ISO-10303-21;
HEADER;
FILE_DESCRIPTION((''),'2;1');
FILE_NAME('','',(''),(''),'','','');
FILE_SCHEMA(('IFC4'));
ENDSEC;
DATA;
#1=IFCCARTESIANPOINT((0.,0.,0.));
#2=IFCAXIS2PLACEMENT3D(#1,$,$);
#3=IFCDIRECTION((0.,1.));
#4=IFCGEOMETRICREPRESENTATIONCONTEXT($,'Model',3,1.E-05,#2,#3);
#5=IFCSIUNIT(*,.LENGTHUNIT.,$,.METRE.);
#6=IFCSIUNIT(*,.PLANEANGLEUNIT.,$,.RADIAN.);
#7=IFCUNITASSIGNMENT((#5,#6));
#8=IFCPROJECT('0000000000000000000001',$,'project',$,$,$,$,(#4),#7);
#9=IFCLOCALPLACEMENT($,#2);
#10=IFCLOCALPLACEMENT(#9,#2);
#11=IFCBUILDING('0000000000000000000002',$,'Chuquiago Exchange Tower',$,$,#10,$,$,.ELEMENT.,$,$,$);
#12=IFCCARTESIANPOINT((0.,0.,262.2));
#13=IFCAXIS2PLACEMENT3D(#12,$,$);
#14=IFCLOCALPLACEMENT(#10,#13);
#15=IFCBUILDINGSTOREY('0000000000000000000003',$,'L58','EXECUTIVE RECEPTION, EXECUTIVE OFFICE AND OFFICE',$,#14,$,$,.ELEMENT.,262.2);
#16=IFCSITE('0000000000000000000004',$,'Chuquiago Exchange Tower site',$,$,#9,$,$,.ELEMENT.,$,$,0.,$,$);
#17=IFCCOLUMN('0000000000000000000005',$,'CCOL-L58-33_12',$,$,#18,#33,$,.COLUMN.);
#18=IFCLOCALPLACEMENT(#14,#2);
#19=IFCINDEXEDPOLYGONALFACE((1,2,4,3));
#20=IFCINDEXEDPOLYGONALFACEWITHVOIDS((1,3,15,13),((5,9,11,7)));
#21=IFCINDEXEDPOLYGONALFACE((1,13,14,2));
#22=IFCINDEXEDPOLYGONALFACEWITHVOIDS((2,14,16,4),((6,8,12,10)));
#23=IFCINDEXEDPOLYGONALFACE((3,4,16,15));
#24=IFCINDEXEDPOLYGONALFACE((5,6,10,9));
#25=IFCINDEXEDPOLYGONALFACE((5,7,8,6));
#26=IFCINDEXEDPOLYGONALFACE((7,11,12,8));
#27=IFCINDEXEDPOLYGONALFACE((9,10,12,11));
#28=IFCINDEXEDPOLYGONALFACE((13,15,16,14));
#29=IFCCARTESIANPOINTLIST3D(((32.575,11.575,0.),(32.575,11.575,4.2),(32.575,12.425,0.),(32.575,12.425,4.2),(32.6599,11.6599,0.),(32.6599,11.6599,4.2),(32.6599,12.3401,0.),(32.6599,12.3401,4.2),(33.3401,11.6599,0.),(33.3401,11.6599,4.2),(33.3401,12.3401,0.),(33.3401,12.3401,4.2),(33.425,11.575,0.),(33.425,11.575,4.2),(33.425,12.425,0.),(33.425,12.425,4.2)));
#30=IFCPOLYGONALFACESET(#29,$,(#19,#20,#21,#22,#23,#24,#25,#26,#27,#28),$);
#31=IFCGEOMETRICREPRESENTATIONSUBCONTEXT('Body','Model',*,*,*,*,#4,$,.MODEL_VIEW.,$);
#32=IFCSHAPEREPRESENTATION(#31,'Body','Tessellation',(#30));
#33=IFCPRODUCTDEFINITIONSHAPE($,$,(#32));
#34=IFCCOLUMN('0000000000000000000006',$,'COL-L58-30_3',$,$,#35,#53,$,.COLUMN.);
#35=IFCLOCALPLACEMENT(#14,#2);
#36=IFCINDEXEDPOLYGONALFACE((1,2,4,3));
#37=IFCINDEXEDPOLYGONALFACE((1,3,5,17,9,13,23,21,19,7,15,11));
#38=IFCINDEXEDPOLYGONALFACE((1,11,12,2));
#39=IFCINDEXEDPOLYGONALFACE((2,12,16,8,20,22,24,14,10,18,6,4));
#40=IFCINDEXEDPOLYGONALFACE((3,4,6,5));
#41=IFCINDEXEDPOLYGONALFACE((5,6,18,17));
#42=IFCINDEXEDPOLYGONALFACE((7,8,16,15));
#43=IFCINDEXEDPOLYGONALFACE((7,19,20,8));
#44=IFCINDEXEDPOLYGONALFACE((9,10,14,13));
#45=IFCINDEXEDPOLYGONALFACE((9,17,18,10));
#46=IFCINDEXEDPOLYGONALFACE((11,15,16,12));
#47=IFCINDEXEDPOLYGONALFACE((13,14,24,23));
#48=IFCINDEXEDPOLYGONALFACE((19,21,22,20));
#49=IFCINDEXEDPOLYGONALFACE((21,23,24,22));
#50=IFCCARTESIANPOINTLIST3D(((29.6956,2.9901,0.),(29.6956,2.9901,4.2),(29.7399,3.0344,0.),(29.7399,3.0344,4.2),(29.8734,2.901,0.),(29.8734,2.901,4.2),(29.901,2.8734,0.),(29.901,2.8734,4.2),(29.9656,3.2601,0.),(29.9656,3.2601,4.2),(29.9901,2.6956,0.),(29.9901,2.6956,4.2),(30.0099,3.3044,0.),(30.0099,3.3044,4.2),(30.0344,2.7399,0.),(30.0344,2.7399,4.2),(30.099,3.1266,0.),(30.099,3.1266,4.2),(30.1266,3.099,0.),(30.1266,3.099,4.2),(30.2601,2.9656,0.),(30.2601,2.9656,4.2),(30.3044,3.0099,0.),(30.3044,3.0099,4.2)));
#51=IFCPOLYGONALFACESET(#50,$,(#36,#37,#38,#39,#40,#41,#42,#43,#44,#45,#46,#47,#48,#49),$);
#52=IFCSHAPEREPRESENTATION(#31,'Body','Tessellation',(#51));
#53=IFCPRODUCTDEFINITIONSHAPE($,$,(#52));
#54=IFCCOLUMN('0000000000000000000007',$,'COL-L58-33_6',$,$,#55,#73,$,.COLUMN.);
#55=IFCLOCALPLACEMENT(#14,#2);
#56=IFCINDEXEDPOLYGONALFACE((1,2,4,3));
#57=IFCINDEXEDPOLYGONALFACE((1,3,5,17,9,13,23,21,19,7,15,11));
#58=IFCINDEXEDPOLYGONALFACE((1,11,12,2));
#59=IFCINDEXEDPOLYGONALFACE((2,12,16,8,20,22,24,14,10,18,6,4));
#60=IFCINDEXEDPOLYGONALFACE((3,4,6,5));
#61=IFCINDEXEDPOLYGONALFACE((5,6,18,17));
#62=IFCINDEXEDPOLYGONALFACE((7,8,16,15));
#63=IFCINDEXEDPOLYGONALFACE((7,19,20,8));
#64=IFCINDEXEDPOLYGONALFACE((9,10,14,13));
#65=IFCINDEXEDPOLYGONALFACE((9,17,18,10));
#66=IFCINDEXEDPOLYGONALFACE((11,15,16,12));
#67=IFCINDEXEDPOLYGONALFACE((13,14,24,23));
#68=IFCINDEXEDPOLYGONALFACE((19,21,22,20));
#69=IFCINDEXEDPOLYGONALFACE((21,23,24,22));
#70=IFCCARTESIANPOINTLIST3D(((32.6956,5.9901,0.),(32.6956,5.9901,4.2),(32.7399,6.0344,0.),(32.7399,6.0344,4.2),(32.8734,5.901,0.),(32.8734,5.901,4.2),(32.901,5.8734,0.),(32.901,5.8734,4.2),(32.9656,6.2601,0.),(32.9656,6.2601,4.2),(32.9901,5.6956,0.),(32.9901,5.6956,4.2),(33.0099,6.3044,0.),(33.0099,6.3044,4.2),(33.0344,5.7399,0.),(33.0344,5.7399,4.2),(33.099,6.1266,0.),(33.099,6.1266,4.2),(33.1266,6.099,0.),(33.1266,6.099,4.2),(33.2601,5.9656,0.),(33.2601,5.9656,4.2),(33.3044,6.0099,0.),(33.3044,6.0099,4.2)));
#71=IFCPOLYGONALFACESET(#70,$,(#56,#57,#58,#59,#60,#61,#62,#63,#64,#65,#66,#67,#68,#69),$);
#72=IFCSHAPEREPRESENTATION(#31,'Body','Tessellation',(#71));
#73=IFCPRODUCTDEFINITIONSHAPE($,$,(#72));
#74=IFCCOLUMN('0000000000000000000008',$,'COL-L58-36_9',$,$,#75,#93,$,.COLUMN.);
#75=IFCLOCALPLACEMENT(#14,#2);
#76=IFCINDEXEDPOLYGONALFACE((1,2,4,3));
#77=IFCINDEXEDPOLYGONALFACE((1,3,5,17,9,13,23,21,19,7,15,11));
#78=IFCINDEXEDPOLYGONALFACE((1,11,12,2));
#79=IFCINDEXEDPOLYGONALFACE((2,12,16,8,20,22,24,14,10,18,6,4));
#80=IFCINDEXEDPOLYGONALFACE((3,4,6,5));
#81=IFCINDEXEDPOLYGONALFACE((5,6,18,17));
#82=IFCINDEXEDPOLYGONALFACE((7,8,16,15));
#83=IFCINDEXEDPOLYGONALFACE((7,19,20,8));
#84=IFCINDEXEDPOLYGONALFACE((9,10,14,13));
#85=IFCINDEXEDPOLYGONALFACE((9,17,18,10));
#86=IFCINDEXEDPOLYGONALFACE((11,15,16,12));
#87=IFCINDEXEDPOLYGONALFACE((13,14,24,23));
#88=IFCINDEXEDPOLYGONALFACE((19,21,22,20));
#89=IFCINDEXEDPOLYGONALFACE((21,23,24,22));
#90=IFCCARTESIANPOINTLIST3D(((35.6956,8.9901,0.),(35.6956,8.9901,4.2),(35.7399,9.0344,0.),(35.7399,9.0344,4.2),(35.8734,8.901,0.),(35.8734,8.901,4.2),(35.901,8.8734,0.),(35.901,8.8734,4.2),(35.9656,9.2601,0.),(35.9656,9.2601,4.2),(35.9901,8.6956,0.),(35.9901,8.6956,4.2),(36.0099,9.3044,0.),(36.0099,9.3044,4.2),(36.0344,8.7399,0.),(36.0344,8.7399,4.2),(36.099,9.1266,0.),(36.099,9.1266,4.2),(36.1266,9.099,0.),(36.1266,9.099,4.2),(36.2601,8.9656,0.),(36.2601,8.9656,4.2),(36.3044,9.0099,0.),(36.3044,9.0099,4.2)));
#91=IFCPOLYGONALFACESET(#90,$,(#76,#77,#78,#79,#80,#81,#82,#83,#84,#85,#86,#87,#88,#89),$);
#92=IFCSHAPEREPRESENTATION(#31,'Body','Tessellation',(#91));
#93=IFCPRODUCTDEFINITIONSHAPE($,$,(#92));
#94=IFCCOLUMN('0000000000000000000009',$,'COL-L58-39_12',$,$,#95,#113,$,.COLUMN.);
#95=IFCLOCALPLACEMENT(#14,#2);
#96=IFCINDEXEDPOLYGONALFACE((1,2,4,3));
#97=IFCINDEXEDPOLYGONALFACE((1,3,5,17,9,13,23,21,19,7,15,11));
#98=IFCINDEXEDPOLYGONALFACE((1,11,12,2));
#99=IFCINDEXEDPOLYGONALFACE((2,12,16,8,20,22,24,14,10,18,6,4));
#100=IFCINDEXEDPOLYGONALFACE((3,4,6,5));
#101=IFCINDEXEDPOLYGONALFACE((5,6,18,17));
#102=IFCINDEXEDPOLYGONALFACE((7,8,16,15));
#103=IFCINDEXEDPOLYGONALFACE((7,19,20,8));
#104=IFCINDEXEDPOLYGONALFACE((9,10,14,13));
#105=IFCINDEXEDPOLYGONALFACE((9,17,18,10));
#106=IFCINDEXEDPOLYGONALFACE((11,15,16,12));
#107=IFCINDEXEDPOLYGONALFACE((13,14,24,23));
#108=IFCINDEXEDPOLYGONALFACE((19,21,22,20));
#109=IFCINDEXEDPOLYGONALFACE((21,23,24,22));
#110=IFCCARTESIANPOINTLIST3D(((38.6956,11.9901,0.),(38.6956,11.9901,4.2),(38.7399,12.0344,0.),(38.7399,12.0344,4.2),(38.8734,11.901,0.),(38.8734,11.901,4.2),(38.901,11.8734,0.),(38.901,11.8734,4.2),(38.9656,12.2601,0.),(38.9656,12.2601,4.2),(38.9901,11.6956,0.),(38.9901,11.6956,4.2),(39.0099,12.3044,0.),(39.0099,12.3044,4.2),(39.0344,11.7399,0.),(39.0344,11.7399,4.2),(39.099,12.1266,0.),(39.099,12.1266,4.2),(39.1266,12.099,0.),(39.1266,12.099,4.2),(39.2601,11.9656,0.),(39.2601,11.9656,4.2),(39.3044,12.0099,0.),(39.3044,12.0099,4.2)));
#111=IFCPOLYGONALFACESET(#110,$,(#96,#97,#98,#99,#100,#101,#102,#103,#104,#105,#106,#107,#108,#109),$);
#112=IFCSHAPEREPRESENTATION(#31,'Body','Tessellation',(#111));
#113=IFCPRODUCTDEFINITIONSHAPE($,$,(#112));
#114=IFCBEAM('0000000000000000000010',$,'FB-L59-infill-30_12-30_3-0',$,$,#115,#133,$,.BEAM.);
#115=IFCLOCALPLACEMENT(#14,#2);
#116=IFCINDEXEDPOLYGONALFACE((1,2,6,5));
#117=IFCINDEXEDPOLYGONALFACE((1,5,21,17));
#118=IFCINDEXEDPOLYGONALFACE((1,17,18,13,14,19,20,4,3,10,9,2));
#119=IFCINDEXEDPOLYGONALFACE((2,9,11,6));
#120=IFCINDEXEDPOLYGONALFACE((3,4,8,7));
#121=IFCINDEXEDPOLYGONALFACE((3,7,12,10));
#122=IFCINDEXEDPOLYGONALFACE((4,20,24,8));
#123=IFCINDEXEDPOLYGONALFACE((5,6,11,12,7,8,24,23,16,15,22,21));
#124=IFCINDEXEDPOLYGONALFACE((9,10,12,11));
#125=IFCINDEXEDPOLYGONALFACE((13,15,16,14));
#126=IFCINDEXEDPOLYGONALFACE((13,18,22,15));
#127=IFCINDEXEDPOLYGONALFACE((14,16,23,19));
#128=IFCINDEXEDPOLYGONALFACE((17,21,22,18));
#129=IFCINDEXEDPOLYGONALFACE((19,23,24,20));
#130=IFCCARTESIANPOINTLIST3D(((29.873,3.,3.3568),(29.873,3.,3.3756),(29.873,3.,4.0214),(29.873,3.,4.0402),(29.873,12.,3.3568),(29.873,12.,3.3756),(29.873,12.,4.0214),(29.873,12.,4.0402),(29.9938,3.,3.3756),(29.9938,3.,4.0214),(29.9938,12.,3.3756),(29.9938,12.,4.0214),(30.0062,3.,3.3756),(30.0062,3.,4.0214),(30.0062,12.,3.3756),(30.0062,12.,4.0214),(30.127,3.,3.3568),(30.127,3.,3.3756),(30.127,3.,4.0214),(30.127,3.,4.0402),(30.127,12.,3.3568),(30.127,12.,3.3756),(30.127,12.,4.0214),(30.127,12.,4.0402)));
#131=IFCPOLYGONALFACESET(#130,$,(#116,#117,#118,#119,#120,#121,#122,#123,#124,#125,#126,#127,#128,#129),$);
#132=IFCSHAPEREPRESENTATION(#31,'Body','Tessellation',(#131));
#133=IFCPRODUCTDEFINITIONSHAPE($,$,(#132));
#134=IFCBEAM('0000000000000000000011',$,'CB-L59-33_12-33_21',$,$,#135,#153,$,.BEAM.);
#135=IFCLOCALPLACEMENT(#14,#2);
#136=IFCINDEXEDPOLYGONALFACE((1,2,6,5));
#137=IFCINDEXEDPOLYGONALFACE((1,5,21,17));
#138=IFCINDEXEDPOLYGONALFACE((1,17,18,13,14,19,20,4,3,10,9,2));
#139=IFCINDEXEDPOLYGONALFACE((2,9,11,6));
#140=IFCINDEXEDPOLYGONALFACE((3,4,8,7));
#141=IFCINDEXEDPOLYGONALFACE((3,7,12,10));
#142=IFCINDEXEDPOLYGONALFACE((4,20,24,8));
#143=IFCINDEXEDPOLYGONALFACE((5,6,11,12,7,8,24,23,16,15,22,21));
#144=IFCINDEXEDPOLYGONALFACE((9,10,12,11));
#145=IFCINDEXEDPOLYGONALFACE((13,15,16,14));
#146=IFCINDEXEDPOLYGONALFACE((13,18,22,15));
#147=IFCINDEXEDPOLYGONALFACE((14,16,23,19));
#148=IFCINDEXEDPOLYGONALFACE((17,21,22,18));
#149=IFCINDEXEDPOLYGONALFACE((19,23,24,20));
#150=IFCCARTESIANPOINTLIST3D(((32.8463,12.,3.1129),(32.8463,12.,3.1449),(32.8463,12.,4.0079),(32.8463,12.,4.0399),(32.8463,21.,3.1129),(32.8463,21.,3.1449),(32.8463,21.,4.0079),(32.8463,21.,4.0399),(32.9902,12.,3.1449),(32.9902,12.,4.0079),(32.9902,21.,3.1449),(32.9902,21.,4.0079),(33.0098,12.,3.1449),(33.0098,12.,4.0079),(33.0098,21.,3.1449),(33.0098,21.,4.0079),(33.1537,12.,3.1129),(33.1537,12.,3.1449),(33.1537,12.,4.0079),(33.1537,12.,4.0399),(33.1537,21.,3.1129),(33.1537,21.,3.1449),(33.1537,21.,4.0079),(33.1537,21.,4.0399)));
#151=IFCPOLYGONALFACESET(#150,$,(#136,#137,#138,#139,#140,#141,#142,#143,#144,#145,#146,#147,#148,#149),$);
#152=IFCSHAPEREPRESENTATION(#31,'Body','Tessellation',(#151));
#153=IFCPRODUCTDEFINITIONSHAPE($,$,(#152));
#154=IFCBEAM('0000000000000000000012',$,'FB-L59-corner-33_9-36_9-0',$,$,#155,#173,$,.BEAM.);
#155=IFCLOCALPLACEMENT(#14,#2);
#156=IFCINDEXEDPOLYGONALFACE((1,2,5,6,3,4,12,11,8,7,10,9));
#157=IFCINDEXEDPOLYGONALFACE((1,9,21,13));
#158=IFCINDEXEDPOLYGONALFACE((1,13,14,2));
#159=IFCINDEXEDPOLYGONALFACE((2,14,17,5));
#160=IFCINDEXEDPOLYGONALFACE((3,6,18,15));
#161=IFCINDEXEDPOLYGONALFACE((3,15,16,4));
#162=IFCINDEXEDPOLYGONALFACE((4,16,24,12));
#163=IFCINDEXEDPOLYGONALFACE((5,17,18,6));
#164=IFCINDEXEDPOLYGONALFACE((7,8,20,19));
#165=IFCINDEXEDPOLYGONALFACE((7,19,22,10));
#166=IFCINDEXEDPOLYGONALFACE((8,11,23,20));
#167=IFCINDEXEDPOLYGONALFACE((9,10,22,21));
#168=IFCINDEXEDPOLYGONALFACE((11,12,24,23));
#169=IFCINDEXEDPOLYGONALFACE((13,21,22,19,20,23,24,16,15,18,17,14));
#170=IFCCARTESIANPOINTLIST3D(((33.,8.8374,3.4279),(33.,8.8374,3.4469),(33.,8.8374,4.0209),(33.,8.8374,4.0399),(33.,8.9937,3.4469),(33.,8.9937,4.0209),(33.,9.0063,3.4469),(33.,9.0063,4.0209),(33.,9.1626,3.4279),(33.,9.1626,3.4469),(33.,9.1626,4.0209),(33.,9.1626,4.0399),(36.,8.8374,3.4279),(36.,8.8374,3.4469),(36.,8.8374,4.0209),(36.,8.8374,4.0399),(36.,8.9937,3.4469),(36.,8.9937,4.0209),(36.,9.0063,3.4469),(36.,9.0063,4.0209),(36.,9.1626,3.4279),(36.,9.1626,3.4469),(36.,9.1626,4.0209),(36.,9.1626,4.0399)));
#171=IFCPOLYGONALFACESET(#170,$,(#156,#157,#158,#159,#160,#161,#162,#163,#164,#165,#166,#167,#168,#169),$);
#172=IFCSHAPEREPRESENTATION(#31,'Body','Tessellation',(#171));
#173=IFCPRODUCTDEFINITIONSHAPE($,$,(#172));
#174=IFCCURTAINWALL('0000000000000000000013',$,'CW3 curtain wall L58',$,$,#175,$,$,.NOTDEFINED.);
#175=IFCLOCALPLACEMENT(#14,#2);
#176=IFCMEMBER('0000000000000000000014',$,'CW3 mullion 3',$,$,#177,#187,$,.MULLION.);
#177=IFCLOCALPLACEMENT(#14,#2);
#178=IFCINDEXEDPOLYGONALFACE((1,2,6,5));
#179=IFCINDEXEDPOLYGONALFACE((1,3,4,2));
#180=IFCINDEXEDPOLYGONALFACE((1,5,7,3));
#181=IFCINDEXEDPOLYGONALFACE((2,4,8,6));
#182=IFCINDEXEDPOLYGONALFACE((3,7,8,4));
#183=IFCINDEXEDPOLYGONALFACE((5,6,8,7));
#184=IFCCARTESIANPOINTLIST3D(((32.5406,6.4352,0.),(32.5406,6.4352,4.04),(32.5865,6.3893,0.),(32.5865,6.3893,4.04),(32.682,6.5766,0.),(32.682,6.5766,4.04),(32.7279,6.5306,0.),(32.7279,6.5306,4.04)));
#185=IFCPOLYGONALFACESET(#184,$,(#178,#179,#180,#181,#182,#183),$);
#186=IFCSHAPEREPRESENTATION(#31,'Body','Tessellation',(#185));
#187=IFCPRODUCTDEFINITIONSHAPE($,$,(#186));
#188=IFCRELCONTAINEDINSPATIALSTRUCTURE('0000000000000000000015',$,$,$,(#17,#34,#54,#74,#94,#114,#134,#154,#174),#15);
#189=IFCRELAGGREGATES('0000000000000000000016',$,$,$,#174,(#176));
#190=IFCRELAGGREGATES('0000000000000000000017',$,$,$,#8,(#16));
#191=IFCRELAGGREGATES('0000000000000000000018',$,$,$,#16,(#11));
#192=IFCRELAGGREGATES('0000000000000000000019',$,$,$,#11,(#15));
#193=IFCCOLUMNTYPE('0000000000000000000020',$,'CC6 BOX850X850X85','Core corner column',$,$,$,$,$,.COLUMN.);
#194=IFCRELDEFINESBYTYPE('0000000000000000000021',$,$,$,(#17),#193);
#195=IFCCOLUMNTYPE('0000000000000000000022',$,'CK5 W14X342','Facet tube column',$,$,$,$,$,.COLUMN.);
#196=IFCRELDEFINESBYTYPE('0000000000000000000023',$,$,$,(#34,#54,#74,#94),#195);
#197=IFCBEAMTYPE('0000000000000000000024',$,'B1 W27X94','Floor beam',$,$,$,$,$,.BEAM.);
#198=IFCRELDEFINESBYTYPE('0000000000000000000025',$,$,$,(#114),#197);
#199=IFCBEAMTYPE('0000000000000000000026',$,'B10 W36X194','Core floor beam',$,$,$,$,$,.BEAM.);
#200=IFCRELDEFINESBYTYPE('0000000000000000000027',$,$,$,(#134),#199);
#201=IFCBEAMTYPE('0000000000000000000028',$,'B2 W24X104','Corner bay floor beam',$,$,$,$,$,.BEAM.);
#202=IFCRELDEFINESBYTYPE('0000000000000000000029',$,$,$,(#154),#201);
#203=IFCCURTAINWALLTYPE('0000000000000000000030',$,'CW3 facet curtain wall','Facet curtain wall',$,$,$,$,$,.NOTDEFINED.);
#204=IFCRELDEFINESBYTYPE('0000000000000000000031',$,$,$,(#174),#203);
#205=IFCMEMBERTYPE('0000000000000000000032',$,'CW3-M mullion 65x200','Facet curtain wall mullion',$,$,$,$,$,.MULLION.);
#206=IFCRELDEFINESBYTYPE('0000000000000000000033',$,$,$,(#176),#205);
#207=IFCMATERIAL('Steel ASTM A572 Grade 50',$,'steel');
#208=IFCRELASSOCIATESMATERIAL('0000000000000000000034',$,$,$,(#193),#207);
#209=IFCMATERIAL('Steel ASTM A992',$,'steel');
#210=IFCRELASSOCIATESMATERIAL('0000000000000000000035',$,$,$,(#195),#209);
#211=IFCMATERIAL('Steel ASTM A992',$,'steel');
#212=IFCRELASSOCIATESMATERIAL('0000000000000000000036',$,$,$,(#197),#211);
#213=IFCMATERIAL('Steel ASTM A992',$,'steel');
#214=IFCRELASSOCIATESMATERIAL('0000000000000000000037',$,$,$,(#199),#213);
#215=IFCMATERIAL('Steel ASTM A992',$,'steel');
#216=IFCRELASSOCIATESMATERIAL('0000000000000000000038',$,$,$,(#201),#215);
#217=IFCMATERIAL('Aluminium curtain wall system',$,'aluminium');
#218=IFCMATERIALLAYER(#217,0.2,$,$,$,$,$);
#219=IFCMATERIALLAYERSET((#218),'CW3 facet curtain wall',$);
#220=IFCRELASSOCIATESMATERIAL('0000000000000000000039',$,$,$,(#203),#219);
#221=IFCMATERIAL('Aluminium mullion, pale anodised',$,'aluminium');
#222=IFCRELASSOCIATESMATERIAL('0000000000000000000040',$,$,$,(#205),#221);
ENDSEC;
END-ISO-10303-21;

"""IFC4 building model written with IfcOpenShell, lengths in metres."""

from ifc_helpers import new_model, si_unit, direction, frame, origin, origin_2d, place, context, subcontext, project, spatial, rectangle, hollow_rectangle, i_section, extrude, material, layer, layer_set, material_profile, profile_set, type_object, element, aggregate, save


model = new_model("IFC4")

# Units and contexts
model_context = context("Model", 3, precision=1e-05, world=origin(), true_north=direction((0.0, 1.0)))
body_context = subcontext(model_context, "Body", "Model", "MODEL_VIEW")
ifc_project = project(units=[si_unit("LENGTHUNIT", "METRE"), si_unit("PLANEANGLEUNIT", "RADIAN")], contexts=[model_context])

# Site, building, storey
site_placement = place(None, origin())
site = spatial("IfcSite", under=ifc_project, at=site_placement, Name="Chuquiago Exchange Tower site", CompositionType="ELEMENT", RefElevation=0.0)
building_placement = place(site_placement, origin())
building = spatial("IfcBuilding", under=site, at=building_placement, Name="Chuquiago Exchange Tower", CompositionType="ELEMENT")
storey_placement = place(building_placement, frame((0.0, 0.0, 262.2)))
storey = spatial("IfcBuildingStorey", under=building, at=storey_placement, Name="L58", Description="EXECUTIVE RECEPTION, EXECUTIVE OFFICE AND OFFICE", CompositionType="ELEMENT", Elevation=262.2)

# Columns
ifc_material_1 = material(Name="Steel ASTM A572 Grade 50", Category="steel")
ifc_material_profile_1 = material_profile(ifc_material_1, hollow_rectangle(XDim=0.8501, YDim=0.8501, WallThickness=0.085, at=origin_2d()), Name="BOX850X850X85")
ifc_profile_set_1 = profile_set([ifc_material_profile_1], Name="Steel ASTM A572 Grade 50")
column_type_1 = type_object("IfcColumnType", Name="CC6 BOX850X850X85", Description="Core corner column", PredefinedType="COLUMN", material=ifc_profile_set_1)
column_placement = place(storey_placement, frame((33.0, 12.0, 0.0), z_axis=(0.0, 0.0, 1.0), x_axis=(1.0, 0.0, 0.0)))
element("IfcColumn", 1, at=column_placement, inside=storey, type_object=column_type_1, Name="CCOL-L58-33_12", PredefinedType="COLUMN", context=body_context, shape_type="SweptSolid", body=[
    extrude(hollow_rectangle(XDim=0.8501, YDim=0.8501, WallThickness=0.085, at=origin_2d()), origin(), (0.0, 0.0, 1.0), 4.2),
])
ifc_material_2 = material(Name="Steel ASTM A992", Category="steel")
ifc_material_profile_2 = material_profile(ifc_material_2, i_section(OverallWidth=0.4165, OverallDepth=0.4446, WebThickness=0.0391, FlangeThickness=0.0627, at=origin_2d()), Name="W14X342")
ifc_profile_set_2 = profile_set([ifc_material_profile_2], Name="Steel ASTM A992")
column_type_2 = type_object("IfcColumnType", Name="CK5 W14X342", Description="Facet tube column", PredefinedType="COLUMN", material=ifc_profile_set_2)
for number, where, z_axis, x_axis, name in (
    (2, (30.0, 3.0, 0.0), (0.0, 0.0, 1.0), (0.707107, -0.707107, 0.0), "COL-L58-30_3"),
    (3, (33.0, 6.0, 0.0), (0.0, 0.0, 1.0), (0.707107, -0.707107, 0.0), "COL-L58-33_6"),
    (4, (36.0, 9.0, 0.0), (0.0, 0.0, 1.0), (0.707107, -0.707107, 0.0), "COL-L58-36_9"),
    (5, (39.0, 12.0, 0.0), (0.0, 0.0, 1.0), (0.707107, -0.707107, 0.0), "COL-L58-39_12"),
):
    element("IfcColumn", number, at=place(storey_placement, frame(where, z_axis=z_axis, x_axis=x_axis)), inside=storey, type_object=column_type_2, Name=name, PredefinedType="COLUMN", context=body_context, shape_type="SweptSolid", body=[
        extrude(i_section(OverallWidth=0.4165, OverallDepth=0.4446, WebThickness=0.0391, FlangeThickness=0.0627, at=origin_2d()), origin(), (0.0, 0.0, 1.0), 4.2),
    ])

# Beams
ifc_material_3 = material(Name="Steel ASTM A992", Category="steel")
ifc_material_profile_3 = material_profile(ifc_material_3, i_section(OverallWidth=0.2539, OverallDepth=0.6833, WebThickness=0.0125, FlangeThickness=0.0188, at=origin_2d()), Name="W27X94")
ifc_profile_set_3 = profile_set([ifc_material_profile_3], Name="Steel ASTM A992")
beam_type_1 = type_object("IfcBeamType", Name="B1 W27X94", Description="Floor beam", PredefinedType="BEAM", material=ifc_profile_set_3)
beam_1_placement = place(storey_placement, frame((30.0, 12.0, 3.6985), z_axis=(0.0, -1.0, 0.0), x_axis=(1.0, 0.0, 0.0)))
element("IfcBeam", 6, at=beam_1_placement, inside=storey, type_object=beam_type_1, Name="FB-L59-infill-30_12-30_3-0", PredefinedType="BEAM", context=body_context, shape_type="SweptSolid", body=[
    extrude(i_section(OverallWidth=0.2539, OverallDepth=0.6833, WebThickness=0.0125, FlangeThickness=0.0188, at=origin_2d()), origin(), (0.0, 0.0, 1.0), 9.0),
])
ifc_material_4 = material(Name="Steel ASTM A992", Category="steel")
ifc_material_profile_4 = material_profile(ifc_material_4, i_section(OverallWidth=0.3074, OverallDepth=0.927, WebThickness=0.0195, FlangeThickness=0.032, at=origin_2d()), Name="W36X194")
ifc_profile_set_4 = profile_set([ifc_material_profile_4], Name="Steel ASTM A992")
beam_type_2 = type_object("IfcBeamType", Name="B10 W36X194", Description="Core floor beam", PredefinedType="BEAM", material=ifc_profile_set_4)
beam_2_placement = place(storey_placement, frame((33.0, 12.0, 3.5764), z_axis=(0.0, 1.0, 0.0), x_axis=(-1.0, 0.0, 0.0)))
element("IfcBeam", 7, at=beam_2_placement, inside=storey, type_object=beam_type_2, Name="CB-L59-33_12-33_21", PredefinedType="BEAM", context=body_context, shape_type="SweptSolid", body=[
    extrude(i_section(OverallWidth=0.3074, OverallDepth=0.927, WebThickness=0.0195, FlangeThickness=0.032, at=origin_2d()), origin(), (0.0, 0.0, 1.0), 9.0),
])
ifc_material_5 = material(Name="Steel ASTM A992", Category="steel")
ifc_material_profile_5 = material_profile(ifc_material_5, i_section(OverallWidth=0.3252, OverallDepth=0.6121, WebThickness=0.0127, FlangeThickness=0.019, at=origin_2d()), Name="W24X104")
ifc_profile_set_5 = profile_set([ifc_material_profile_5], Name="Steel ASTM A992")
beam_type_3 = type_object("IfcBeamType", Name="B2 W24X104", Description="Corner bay floor beam", PredefinedType="BEAM", material=ifc_profile_set_5)
beam_3_placement = place(storey_placement, frame((33.0, 9.0, 3.7339), z_axis=(1.0, 0.0, 0.0), x_axis=(0.0, 1.0, 0.0)))
element("IfcBeam", 8, at=beam_3_placement, inside=storey, type_object=beam_type_3, Name="FB-L59-corner-33_9-36_9-0", PredefinedType="BEAM", context=body_context, shape_type="SweptSolid", body=[
    extrude(i_section(OverallWidth=0.3252, OverallDepth=0.6121, WebThickness=0.0127, FlangeThickness=0.019, at=origin_2d()), origin(), (0.0, 0.0, 1.0), 3.0),
])

# Curtain wall, member
ifc_material_6 = material(Name="Aluminium curtain wall system", Category="aluminium")
ifc_layer_1 = layer(ifc_material_6, 0.2)
ifc_layer_set_1 = layer_set([ifc_layer_1], Name="CW3 facet curtain wall")
curtain_wall_type = type_object("IfcCurtainWallType", Name="CW3 facet curtain wall", Description="Facet curtain wall", PredefinedType="NOTDEFINED", material=ifc_layer_set_1)
curtain_wall_placement = place(storey_placement, origin())
curtain_wall = element("IfcCurtainWall", 9, at=curtain_wall_placement, inside=storey, type_object=curtain_wall_type, Name="CW3 curtain wall L58", PredefinedType="NOTDEFINED")
ifc_material_7 = material(Name="Aluminium mullion, pale anodised", Category="aluminium")
ifc_material_profile_6 = material_profile(ifc_material_7, rectangle(XDim=0.0649, YDim=0.2, at=origin_2d()), Name="AL 65x200")
ifc_profile_set_6 = profile_set([ifc_material_profile_6], Name="Aluminium mullion, pale anodised")
member_type_1 = type_object("IfcMemberType", Name="CW3-M mullion 65x200", Description="Facet curtain wall mullion", PredefinedType="MULLION", material=ifc_profile_set_6)
member_1_placement = place(storey_placement, frame((32.6343, 6.4829, 0.0), z_axis=(0.0, 0.0, 1.0), x_axis=(-0.707107, 0.707107, 0.0)))
member_1 = element("IfcMember", 10, at=member_1_placement, type_object=member_type_1, Name="CW3 mullion 3", PredefinedType="MULLION", context=body_context, shape_type="SweptSolid", body=[
    extrude(rectangle(XDim=0.0649, YDim=0.2, at=origin_2d()), origin(), (0.0, 0.0, 1.0), 4.04),
])

aggregate(curtain_wall, [member_1])

save(model, "model.ifc")
